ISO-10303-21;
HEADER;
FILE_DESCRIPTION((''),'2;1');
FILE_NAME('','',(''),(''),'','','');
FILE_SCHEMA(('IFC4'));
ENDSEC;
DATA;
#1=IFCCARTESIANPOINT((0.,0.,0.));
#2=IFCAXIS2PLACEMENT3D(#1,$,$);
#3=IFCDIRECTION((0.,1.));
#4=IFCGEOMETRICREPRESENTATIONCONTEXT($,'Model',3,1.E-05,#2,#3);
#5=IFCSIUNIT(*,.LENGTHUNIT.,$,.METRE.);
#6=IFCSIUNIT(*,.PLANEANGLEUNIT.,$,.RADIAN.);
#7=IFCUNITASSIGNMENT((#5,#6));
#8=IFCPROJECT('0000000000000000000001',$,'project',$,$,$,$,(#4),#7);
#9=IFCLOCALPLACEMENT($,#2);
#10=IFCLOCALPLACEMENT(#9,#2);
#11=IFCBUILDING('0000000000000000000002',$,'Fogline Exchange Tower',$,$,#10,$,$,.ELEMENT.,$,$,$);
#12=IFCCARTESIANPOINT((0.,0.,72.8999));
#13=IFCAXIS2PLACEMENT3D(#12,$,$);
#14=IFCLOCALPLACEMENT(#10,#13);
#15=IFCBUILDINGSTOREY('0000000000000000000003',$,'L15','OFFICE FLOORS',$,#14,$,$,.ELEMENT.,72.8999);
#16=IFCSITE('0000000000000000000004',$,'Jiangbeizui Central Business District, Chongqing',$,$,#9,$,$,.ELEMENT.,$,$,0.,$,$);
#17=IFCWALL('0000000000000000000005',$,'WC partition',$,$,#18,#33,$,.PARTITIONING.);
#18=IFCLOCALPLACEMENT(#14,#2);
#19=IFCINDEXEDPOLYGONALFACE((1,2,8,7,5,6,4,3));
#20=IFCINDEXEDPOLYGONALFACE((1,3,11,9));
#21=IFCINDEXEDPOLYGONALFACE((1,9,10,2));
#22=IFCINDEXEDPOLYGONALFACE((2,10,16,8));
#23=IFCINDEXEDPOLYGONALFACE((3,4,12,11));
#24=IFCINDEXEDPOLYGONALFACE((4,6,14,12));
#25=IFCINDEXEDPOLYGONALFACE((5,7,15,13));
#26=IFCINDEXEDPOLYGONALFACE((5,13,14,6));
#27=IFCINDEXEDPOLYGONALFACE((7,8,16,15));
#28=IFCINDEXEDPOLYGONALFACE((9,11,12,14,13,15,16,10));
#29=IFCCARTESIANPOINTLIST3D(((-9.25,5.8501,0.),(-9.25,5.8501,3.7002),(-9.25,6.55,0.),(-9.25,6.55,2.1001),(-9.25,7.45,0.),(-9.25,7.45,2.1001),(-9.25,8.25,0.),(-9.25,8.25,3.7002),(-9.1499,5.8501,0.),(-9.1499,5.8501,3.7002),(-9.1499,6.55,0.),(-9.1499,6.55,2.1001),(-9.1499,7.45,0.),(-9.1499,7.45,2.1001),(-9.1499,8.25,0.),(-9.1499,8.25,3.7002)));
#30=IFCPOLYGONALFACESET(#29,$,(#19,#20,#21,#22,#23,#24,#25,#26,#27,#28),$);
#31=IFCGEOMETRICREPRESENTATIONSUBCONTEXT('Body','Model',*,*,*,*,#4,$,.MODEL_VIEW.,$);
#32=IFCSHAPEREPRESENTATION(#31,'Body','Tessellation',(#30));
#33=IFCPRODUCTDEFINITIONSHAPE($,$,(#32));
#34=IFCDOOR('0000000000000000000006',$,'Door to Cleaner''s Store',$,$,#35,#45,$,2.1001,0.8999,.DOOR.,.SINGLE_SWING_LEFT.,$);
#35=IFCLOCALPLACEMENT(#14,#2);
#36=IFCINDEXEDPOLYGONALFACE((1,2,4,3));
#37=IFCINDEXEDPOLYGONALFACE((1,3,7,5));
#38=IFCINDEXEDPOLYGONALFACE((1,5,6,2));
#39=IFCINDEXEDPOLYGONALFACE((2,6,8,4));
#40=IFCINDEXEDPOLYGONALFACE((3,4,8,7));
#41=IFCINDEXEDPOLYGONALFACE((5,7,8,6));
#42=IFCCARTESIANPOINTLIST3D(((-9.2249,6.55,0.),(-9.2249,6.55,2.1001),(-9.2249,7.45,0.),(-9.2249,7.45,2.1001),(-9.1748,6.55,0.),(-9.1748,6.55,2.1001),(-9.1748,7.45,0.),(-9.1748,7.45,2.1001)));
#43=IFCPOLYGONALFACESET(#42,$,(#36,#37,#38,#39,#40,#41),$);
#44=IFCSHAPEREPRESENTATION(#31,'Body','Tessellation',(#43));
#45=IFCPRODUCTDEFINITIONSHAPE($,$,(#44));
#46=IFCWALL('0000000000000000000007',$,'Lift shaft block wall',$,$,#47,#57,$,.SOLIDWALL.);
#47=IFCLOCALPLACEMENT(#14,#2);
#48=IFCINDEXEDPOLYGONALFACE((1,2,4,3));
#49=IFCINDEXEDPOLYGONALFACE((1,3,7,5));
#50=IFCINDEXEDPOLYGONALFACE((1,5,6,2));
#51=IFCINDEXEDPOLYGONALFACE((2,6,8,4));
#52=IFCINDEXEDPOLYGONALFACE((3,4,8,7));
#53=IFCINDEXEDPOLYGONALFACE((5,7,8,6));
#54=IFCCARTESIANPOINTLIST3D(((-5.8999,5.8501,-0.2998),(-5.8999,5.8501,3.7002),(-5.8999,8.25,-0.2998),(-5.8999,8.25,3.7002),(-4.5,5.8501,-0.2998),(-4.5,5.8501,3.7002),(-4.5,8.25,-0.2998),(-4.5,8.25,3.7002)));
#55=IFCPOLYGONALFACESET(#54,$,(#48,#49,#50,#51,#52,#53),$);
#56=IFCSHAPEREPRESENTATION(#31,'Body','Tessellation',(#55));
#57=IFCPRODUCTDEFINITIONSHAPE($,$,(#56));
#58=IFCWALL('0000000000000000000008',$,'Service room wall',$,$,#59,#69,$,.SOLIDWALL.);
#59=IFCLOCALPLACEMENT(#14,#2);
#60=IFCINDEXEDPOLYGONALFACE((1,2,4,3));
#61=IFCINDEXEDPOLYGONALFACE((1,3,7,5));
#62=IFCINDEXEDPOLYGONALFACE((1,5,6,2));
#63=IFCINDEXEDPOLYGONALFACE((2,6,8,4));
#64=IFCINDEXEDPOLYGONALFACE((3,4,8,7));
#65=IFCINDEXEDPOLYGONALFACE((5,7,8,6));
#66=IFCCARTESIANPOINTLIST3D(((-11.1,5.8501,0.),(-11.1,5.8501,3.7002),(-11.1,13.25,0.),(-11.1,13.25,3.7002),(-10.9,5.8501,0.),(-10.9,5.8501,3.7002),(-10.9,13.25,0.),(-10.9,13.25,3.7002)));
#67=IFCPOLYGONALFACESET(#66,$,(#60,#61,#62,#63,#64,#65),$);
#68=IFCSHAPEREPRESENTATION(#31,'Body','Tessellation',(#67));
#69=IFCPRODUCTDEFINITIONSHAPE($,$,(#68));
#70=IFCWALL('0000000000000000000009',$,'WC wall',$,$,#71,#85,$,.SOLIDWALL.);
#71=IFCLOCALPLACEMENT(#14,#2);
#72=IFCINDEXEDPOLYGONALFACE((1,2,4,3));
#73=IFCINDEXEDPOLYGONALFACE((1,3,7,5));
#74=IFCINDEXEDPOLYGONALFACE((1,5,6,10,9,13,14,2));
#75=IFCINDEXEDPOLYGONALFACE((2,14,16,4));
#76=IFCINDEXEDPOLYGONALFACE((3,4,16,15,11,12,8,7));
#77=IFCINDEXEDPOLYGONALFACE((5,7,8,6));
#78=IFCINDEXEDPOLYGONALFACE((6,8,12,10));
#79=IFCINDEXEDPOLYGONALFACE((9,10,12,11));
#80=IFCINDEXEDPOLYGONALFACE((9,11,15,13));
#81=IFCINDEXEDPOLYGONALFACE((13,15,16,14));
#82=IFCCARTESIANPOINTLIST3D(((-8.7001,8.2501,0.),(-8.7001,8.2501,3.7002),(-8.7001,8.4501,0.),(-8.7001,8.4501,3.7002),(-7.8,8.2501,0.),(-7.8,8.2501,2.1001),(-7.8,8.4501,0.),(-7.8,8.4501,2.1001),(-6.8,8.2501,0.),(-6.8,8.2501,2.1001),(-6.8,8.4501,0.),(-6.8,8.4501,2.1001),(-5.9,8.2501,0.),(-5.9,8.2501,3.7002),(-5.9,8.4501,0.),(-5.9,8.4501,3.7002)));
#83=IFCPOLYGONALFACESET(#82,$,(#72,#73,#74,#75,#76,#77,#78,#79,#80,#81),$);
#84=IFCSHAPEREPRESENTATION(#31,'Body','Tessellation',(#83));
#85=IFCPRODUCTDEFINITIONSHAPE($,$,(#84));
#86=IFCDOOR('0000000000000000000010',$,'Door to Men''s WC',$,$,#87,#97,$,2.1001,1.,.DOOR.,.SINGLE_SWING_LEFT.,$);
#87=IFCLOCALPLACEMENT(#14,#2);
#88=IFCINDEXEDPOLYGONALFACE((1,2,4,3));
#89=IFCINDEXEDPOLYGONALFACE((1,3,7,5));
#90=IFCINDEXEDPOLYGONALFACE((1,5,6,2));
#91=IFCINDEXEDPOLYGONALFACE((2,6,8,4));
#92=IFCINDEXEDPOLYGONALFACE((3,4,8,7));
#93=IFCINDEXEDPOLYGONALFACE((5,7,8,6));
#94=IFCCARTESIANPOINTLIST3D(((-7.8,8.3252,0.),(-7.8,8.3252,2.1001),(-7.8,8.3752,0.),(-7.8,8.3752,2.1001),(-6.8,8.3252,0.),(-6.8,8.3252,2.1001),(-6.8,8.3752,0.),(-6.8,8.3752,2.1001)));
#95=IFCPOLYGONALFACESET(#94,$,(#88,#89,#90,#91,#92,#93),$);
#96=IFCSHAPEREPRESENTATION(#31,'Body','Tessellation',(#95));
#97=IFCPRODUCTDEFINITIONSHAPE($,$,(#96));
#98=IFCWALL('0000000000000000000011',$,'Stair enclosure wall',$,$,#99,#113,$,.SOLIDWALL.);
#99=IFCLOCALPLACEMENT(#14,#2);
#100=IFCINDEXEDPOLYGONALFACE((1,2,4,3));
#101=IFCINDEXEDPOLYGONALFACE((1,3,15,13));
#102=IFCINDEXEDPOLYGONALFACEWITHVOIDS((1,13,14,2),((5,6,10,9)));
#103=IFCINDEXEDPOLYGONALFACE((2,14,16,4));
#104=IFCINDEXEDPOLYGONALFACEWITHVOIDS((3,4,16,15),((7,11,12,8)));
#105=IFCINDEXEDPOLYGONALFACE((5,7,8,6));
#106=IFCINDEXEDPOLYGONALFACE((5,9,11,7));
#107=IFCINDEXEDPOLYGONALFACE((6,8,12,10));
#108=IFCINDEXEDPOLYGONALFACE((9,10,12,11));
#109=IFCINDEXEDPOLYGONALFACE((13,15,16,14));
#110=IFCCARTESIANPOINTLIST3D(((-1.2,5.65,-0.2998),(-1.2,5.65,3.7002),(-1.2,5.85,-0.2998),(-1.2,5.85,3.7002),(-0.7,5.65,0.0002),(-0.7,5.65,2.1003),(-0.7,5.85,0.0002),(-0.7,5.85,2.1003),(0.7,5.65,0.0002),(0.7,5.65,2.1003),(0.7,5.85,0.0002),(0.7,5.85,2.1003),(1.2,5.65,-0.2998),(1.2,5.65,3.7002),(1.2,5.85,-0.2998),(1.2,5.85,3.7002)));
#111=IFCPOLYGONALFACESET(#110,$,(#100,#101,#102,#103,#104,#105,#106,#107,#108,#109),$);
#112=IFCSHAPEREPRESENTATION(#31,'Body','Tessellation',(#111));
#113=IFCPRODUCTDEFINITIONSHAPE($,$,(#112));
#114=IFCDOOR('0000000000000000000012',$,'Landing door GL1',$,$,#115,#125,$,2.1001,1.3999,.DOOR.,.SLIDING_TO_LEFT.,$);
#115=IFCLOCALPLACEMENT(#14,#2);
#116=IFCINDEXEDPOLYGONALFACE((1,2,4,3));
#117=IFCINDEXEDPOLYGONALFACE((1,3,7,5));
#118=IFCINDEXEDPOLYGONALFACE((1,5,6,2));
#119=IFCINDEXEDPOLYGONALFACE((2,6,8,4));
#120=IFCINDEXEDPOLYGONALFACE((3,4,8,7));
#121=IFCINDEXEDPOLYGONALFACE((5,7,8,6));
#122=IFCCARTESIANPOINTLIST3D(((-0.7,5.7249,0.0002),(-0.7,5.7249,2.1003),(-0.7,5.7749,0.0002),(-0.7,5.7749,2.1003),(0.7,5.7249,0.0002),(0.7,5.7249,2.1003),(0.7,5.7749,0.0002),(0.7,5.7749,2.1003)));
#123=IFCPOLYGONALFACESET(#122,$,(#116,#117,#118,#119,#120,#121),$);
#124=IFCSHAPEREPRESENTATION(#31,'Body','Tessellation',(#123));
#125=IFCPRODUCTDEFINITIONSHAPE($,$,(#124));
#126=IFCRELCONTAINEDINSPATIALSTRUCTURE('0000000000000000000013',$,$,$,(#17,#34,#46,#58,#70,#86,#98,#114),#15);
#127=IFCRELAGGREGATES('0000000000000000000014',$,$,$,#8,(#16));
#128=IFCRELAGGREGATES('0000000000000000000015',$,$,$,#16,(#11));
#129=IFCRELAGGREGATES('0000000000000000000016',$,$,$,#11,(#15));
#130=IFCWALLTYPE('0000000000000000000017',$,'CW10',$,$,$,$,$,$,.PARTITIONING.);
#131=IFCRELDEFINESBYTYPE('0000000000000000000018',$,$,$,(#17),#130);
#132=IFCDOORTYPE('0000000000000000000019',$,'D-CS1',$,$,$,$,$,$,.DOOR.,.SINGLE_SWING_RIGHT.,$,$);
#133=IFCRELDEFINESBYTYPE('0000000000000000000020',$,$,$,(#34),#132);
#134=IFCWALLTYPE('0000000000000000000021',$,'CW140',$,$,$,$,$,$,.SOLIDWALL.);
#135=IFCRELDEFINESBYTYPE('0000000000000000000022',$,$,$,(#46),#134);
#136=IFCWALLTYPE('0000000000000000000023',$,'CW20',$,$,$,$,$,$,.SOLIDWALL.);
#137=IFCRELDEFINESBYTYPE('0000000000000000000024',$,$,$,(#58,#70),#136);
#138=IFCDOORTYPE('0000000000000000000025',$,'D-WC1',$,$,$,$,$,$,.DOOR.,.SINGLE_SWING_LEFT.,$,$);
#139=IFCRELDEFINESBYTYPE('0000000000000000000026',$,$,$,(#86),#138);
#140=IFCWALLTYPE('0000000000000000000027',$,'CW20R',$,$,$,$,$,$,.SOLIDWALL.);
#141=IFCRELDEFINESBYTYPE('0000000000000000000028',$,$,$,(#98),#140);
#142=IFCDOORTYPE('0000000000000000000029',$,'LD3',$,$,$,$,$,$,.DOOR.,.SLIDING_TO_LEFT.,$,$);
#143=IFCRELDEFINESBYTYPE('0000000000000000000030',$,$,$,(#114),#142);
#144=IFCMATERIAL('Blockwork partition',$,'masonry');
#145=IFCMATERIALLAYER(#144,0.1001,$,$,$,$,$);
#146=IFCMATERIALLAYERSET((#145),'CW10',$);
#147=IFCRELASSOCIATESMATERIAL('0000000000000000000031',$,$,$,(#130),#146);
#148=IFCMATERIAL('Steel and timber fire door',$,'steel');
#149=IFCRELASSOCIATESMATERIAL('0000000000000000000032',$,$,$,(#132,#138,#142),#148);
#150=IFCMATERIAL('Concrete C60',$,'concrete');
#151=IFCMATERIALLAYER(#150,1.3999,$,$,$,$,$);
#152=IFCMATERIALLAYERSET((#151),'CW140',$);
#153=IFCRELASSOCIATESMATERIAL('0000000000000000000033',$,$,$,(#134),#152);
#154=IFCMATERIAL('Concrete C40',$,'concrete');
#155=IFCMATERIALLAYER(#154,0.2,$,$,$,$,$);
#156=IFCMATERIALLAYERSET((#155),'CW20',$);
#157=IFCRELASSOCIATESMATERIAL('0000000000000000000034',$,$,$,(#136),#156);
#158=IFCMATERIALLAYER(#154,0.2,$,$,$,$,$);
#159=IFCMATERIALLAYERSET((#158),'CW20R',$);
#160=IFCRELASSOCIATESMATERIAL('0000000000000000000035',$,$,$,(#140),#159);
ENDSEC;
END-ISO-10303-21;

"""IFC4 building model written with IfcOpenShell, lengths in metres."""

from ifc_helpers import new_model, si_unit, direction, frame, frame_2d, origin, place, context, subcontext, project, spatial, rectangle, extrude, material, layer, layer_set, type_object, element, fill, save


model = new_model("IFC4")

# Units and contexts
model_context = context("Model", 3, precision=1e-05, world=origin(), true_north=direction((0.0, 1.0)))
body_context = subcontext(model_context, "Body", "Model", "MODEL_VIEW")
ifc_project = project(units=[si_unit("LENGTHUNIT", "METRE"), si_unit("PLANEANGLEUNIT", "RADIAN")], contexts=[model_context])

# Site, building, storey
site_placement = place(None, origin())
site = spatial("IfcSite", under=ifc_project, at=site_placement, Name="Jiangbeizui Central Business District, Chongqing", CompositionType="ELEMENT", RefElevation=0.0)
building_placement = place(site_placement, origin())
building = spatial("IfcBuilding", under=site, at=building_placement, Name="Fogline Exchange Tower", CompositionType="ELEMENT")
storey_placement = place(building_placement, frame((0.0, 0.0, 72.8999)))
storey = spatial("IfcBuildingStorey", under=building, at=storey_placement, Name="L15", Description="OFFICE FLOORS", CompositionType="ELEMENT", Elevation=72.8999)

# Wall, opening, door
ifc_material_1 = material(Name="Blockwork partition", Category="masonry")
ifc_layer_1 = layer(ifc_material_1, 0.1001)
ifc_layer_set_1 = layer_set([ifc_layer_1], Name="CW10")
wall_type_1 = type_object("IfcWallType", Name="CW10", PredefinedType="PARTITIONING", material=ifc_layer_set_1)
wall_1_placement = place(storey_placement, frame((-9.2, 5.8501, 0.0), z_axis=(0.0, 0.0, 1.0), x_axis=(0.0, 1.0, 0.0)))
wall_1 = element("IfcWall", 1, at=wall_1_placement, inside=storey, type_object=wall_type_1, Name="WC partition", PredefinedType="PARTITIONING", context=body_context, shape_type="SweptSolid", body=[
    extrude(rectangle(XDim=2.3999, YDim=0.1001, at=frame_2d((1.2, 0.0))), origin(), (0.0, 0.0, 1.0), 3.7002),
])
opening_1_placement = place(wall_1_placement, frame((0.7, 0.0, 0.0)))
opening_1 = element("IfcOpeningElement", 2, at=opening_1_placement, cuts=wall_1, PredefinedType="OPENING", context=body_context, shape_type="SweptSolid", body=[
    extrude(rectangle(XDim=0.8999, YDim=2.1001, at=frame_2d((0.45, 1.05))), frame((0.0, 0.0601, 0.0), z_axis=(0.0, -1.0, 0.0), x_axis=(1.0, 0.0, 0.0)), (0.0, 0.0, 1.0), 0.1201),
])
ifc_material_2 = material(Name="Steel and timber fire door", Category="steel")
door_type_1 = type_object("IfcDoorType", Name="D-CS1", OperationType="SINGLE_SWING_RIGHT", PredefinedType="DOOR", material=ifc_material_2)
door_1_placement = place(opening_1_placement, origin())
door_1 = element("IfcDoor", 3, at=door_1_placement, inside=storey, type_object=door_type_1, Name="Door to Cleaner's Store", OperationType="SINGLE_SWING_LEFT", OverallHeight=2.1001, OverallWidth=0.8999, PredefinedType="DOOR", context=body_context, shape_type="SweptSolid", body=[
    extrude(rectangle(XDim=0.8999, YDim=2.1001, at=frame_2d((0.45, 1.05))), frame((0.0, 0.0249, 0.0), z_axis=(0.0, -1.0, 0.0), x_axis=(1.0, 0.0, 0.0)), (0.0, 0.0, 1.0), 0.05),
])
fill(opening_1, door_1)

# Walls
ifc_material_3 = material(Name="Concrete C60", Category="concrete")
ifc_layer_2 = layer(ifc_material_3, 1.3999)
ifc_layer_set_2 = layer_set([ifc_layer_2], Name="CW140")
wall_type_2 = type_object("IfcWallType", Name="CW140", PredefinedType="SOLIDWALL", material=ifc_layer_set_2)
wall_2_placement = place(storey_placement, frame((-5.2, 5.8501, -0.2998), z_axis=(0.0, 0.0, 1.0), x_axis=(0.0, 1.0, 0.0)))
element("IfcWall", 4, at=wall_2_placement, inside=storey, type_object=wall_type_2, Name="Lift shaft block wall", PredefinedType="SOLIDWALL", context=body_context, shape_type="SweptSolid", body=[
    extrude(rectangle(XDim=2.3999, YDim=1.3999, at=frame_2d((1.2, 0.0))), origin(), (0.0, 0.0, 1.0), 4.0),
])
ifc_material_4 = material(Name="Concrete C40", Category="concrete")
ifc_layer_3 = layer(ifc_material_4, 0.2)
ifc_layer_set_3 = layer_set([ifc_layer_3], Name="CW20")
wall_type_3 = type_object("IfcWallType", Name="CW20", PredefinedType="SOLIDWALL", material=ifc_layer_set_3)
wall_3_placement = place(storey_placement, frame((-11.0, 5.8501, 0.0), z_axis=(0.0, 0.0, 1.0), x_axis=(0.0, 1.0, 0.0)))
element("IfcWall", 5, at=wall_3_placement, inside=storey, type_object=wall_type_3, Name="Service room wall", PredefinedType="SOLIDWALL", context=body_context, shape_type="SweptSolid", body=[
    extrude(rectangle(XDim=7.3999, YDim=0.2, at=frame_2d((3.7, 0.0))), origin(), (0.0, 0.0, 1.0), 3.7002),
])

# Walls, openings, doors
wall_4_placement = place(storey_placement, frame((-8.7, 8.3501, 0.0), z_axis=(0.0, 0.0, 1.0), x_axis=(1.0, 0.0, 0.0)))
wall_4 = element("IfcWall", 6, at=wall_4_placement, inside=storey, type_object=wall_type_3, Name="WC wall", PredefinedType="SOLIDWALL", context=body_context, shape_type="SweptSolid", body=[
    extrude(rectangle(XDim=2.8, YDim=0.2, at=frame_2d((1.3999, 0.0))), origin(), (0.0, 0.0, 1.0), 3.7002),
])
opening_2_placement = place(wall_4_placement, frame((0.8999, 0.0, 0.0)))
opening_2 = element("IfcOpeningElement", 7, at=opening_2_placement, cuts=wall_4, PredefinedType="OPENING", context=body_context, shape_type="SweptSolid", body=[
    extrude(rectangle(XDim=1.0, YDim=2.1001, at=frame_2d((0.5, 1.05))), frame((0.0, 0.1099, 0.0), z_axis=(0.0, -1.0, 0.0), x_axis=(1.0, 0.0, 0.0)), (0.0, 0.0, 1.0), 0.22),
])
door_type_2 = type_object("IfcDoorType", Name="D-WC1", OperationType="SINGLE_SWING_LEFT", PredefinedType="DOOR", material=ifc_material_2)
door_2_placement = place(opening_2_placement, frame((1.0, 0.0, 0.0), z_axis=(0.0, 0.0, 1.0), x_axis=(-1.0, 0.0, 0.0)))
door_2 = element("IfcDoor", 8, at=door_2_placement, inside=storey, type_object=door_type_2, Name="Door to Men's WC", OperationType="SINGLE_SWING_LEFT", OverallHeight=2.1001, OverallWidth=1.0, PredefinedType="DOOR", context=body_context, shape_type="SweptSolid", body=[
    extrude(rectangle(XDim=1.0, YDim=2.1001, at=frame_2d((0.5, 1.05))), frame((0.0, 0.0249, 0.0), z_axis=(0.0, -1.0, 0.0), x_axis=(1.0, 0.0, 0.0)), (0.0, 0.0, 1.0), 0.05),
])
fill(opening_2, door_2)
ifc_layer_4 = layer(ifc_material_4, 0.2)
ifc_layer_set_4 = layer_set([ifc_layer_4], Name="CW20R")
wall_type_4 = type_object("IfcWallType", Name="CW20R", PredefinedType="SOLIDWALL", material=ifc_layer_set_4)
wall_5_placement = place(storey_placement, frame((-1.2, 5.75, -0.2998), z_axis=(0.0, 0.0, 1.0), x_axis=(1.0, 0.0, 0.0)))
wall_5 = element("IfcWall", 9, at=wall_5_placement, inside=storey, type_object=wall_type_4, Name="Stair enclosure wall", PredefinedType="SOLIDWALL", context=body_context, shape_type="SweptSolid", body=[
    extrude(rectangle(XDim=2.3999, YDim=0.2, at=frame_2d((1.2, 0.0))), origin(), (0.0, 0.0, 1.0), 4.0),
])
opening_3_placement = place(wall_5_placement, frame((0.5, 0.0, 0.3)))
opening_3 = element("IfcOpeningElement", 10, at=opening_3_placement, cuts=wall_5, PredefinedType="OPENING", context=body_context, shape_type="SweptSolid", body=[
    extrude(rectangle(XDim=1.3999, YDim=2.1001, at=frame_2d((0.7, 1.05))), frame((0.0, 0.1099, 0.0), z_axis=(0.0, -1.0, 0.0), x_axis=(1.0, 0.0, 0.0)), (0.0, 0.0, 1.0), 0.22),
])
door_type_3 = type_object("IfcDoorType", Name="LD3", OperationType="SLIDING_TO_LEFT", PredefinedType="DOOR", material=ifc_material_2)
door_3_placement = place(opening_3_placement, origin())
door_3 = element("IfcDoor", 11, at=door_3_placement, inside=storey, type_object=door_type_3, Name="Landing door GL1", OperationType="SLIDING_TO_LEFT", OverallHeight=2.1001, OverallWidth=1.3999, PredefinedType="DOOR", context=body_context, shape_type="SweptSolid", body=[
    extrude(rectangle(XDim=1.3999, YDim=2.1001, at=frame_2d((0.7, 1.05))), frame((0.0, 0.0249, 0.0), z_axis=(0.0, -1.0, 0.0), x_axis=(1.0, 0.0, 0.0)), (0.0, 0.0, 1.0), 0.05),
])
fill(opening_3, door_3)

save(model, "model.ifc")
